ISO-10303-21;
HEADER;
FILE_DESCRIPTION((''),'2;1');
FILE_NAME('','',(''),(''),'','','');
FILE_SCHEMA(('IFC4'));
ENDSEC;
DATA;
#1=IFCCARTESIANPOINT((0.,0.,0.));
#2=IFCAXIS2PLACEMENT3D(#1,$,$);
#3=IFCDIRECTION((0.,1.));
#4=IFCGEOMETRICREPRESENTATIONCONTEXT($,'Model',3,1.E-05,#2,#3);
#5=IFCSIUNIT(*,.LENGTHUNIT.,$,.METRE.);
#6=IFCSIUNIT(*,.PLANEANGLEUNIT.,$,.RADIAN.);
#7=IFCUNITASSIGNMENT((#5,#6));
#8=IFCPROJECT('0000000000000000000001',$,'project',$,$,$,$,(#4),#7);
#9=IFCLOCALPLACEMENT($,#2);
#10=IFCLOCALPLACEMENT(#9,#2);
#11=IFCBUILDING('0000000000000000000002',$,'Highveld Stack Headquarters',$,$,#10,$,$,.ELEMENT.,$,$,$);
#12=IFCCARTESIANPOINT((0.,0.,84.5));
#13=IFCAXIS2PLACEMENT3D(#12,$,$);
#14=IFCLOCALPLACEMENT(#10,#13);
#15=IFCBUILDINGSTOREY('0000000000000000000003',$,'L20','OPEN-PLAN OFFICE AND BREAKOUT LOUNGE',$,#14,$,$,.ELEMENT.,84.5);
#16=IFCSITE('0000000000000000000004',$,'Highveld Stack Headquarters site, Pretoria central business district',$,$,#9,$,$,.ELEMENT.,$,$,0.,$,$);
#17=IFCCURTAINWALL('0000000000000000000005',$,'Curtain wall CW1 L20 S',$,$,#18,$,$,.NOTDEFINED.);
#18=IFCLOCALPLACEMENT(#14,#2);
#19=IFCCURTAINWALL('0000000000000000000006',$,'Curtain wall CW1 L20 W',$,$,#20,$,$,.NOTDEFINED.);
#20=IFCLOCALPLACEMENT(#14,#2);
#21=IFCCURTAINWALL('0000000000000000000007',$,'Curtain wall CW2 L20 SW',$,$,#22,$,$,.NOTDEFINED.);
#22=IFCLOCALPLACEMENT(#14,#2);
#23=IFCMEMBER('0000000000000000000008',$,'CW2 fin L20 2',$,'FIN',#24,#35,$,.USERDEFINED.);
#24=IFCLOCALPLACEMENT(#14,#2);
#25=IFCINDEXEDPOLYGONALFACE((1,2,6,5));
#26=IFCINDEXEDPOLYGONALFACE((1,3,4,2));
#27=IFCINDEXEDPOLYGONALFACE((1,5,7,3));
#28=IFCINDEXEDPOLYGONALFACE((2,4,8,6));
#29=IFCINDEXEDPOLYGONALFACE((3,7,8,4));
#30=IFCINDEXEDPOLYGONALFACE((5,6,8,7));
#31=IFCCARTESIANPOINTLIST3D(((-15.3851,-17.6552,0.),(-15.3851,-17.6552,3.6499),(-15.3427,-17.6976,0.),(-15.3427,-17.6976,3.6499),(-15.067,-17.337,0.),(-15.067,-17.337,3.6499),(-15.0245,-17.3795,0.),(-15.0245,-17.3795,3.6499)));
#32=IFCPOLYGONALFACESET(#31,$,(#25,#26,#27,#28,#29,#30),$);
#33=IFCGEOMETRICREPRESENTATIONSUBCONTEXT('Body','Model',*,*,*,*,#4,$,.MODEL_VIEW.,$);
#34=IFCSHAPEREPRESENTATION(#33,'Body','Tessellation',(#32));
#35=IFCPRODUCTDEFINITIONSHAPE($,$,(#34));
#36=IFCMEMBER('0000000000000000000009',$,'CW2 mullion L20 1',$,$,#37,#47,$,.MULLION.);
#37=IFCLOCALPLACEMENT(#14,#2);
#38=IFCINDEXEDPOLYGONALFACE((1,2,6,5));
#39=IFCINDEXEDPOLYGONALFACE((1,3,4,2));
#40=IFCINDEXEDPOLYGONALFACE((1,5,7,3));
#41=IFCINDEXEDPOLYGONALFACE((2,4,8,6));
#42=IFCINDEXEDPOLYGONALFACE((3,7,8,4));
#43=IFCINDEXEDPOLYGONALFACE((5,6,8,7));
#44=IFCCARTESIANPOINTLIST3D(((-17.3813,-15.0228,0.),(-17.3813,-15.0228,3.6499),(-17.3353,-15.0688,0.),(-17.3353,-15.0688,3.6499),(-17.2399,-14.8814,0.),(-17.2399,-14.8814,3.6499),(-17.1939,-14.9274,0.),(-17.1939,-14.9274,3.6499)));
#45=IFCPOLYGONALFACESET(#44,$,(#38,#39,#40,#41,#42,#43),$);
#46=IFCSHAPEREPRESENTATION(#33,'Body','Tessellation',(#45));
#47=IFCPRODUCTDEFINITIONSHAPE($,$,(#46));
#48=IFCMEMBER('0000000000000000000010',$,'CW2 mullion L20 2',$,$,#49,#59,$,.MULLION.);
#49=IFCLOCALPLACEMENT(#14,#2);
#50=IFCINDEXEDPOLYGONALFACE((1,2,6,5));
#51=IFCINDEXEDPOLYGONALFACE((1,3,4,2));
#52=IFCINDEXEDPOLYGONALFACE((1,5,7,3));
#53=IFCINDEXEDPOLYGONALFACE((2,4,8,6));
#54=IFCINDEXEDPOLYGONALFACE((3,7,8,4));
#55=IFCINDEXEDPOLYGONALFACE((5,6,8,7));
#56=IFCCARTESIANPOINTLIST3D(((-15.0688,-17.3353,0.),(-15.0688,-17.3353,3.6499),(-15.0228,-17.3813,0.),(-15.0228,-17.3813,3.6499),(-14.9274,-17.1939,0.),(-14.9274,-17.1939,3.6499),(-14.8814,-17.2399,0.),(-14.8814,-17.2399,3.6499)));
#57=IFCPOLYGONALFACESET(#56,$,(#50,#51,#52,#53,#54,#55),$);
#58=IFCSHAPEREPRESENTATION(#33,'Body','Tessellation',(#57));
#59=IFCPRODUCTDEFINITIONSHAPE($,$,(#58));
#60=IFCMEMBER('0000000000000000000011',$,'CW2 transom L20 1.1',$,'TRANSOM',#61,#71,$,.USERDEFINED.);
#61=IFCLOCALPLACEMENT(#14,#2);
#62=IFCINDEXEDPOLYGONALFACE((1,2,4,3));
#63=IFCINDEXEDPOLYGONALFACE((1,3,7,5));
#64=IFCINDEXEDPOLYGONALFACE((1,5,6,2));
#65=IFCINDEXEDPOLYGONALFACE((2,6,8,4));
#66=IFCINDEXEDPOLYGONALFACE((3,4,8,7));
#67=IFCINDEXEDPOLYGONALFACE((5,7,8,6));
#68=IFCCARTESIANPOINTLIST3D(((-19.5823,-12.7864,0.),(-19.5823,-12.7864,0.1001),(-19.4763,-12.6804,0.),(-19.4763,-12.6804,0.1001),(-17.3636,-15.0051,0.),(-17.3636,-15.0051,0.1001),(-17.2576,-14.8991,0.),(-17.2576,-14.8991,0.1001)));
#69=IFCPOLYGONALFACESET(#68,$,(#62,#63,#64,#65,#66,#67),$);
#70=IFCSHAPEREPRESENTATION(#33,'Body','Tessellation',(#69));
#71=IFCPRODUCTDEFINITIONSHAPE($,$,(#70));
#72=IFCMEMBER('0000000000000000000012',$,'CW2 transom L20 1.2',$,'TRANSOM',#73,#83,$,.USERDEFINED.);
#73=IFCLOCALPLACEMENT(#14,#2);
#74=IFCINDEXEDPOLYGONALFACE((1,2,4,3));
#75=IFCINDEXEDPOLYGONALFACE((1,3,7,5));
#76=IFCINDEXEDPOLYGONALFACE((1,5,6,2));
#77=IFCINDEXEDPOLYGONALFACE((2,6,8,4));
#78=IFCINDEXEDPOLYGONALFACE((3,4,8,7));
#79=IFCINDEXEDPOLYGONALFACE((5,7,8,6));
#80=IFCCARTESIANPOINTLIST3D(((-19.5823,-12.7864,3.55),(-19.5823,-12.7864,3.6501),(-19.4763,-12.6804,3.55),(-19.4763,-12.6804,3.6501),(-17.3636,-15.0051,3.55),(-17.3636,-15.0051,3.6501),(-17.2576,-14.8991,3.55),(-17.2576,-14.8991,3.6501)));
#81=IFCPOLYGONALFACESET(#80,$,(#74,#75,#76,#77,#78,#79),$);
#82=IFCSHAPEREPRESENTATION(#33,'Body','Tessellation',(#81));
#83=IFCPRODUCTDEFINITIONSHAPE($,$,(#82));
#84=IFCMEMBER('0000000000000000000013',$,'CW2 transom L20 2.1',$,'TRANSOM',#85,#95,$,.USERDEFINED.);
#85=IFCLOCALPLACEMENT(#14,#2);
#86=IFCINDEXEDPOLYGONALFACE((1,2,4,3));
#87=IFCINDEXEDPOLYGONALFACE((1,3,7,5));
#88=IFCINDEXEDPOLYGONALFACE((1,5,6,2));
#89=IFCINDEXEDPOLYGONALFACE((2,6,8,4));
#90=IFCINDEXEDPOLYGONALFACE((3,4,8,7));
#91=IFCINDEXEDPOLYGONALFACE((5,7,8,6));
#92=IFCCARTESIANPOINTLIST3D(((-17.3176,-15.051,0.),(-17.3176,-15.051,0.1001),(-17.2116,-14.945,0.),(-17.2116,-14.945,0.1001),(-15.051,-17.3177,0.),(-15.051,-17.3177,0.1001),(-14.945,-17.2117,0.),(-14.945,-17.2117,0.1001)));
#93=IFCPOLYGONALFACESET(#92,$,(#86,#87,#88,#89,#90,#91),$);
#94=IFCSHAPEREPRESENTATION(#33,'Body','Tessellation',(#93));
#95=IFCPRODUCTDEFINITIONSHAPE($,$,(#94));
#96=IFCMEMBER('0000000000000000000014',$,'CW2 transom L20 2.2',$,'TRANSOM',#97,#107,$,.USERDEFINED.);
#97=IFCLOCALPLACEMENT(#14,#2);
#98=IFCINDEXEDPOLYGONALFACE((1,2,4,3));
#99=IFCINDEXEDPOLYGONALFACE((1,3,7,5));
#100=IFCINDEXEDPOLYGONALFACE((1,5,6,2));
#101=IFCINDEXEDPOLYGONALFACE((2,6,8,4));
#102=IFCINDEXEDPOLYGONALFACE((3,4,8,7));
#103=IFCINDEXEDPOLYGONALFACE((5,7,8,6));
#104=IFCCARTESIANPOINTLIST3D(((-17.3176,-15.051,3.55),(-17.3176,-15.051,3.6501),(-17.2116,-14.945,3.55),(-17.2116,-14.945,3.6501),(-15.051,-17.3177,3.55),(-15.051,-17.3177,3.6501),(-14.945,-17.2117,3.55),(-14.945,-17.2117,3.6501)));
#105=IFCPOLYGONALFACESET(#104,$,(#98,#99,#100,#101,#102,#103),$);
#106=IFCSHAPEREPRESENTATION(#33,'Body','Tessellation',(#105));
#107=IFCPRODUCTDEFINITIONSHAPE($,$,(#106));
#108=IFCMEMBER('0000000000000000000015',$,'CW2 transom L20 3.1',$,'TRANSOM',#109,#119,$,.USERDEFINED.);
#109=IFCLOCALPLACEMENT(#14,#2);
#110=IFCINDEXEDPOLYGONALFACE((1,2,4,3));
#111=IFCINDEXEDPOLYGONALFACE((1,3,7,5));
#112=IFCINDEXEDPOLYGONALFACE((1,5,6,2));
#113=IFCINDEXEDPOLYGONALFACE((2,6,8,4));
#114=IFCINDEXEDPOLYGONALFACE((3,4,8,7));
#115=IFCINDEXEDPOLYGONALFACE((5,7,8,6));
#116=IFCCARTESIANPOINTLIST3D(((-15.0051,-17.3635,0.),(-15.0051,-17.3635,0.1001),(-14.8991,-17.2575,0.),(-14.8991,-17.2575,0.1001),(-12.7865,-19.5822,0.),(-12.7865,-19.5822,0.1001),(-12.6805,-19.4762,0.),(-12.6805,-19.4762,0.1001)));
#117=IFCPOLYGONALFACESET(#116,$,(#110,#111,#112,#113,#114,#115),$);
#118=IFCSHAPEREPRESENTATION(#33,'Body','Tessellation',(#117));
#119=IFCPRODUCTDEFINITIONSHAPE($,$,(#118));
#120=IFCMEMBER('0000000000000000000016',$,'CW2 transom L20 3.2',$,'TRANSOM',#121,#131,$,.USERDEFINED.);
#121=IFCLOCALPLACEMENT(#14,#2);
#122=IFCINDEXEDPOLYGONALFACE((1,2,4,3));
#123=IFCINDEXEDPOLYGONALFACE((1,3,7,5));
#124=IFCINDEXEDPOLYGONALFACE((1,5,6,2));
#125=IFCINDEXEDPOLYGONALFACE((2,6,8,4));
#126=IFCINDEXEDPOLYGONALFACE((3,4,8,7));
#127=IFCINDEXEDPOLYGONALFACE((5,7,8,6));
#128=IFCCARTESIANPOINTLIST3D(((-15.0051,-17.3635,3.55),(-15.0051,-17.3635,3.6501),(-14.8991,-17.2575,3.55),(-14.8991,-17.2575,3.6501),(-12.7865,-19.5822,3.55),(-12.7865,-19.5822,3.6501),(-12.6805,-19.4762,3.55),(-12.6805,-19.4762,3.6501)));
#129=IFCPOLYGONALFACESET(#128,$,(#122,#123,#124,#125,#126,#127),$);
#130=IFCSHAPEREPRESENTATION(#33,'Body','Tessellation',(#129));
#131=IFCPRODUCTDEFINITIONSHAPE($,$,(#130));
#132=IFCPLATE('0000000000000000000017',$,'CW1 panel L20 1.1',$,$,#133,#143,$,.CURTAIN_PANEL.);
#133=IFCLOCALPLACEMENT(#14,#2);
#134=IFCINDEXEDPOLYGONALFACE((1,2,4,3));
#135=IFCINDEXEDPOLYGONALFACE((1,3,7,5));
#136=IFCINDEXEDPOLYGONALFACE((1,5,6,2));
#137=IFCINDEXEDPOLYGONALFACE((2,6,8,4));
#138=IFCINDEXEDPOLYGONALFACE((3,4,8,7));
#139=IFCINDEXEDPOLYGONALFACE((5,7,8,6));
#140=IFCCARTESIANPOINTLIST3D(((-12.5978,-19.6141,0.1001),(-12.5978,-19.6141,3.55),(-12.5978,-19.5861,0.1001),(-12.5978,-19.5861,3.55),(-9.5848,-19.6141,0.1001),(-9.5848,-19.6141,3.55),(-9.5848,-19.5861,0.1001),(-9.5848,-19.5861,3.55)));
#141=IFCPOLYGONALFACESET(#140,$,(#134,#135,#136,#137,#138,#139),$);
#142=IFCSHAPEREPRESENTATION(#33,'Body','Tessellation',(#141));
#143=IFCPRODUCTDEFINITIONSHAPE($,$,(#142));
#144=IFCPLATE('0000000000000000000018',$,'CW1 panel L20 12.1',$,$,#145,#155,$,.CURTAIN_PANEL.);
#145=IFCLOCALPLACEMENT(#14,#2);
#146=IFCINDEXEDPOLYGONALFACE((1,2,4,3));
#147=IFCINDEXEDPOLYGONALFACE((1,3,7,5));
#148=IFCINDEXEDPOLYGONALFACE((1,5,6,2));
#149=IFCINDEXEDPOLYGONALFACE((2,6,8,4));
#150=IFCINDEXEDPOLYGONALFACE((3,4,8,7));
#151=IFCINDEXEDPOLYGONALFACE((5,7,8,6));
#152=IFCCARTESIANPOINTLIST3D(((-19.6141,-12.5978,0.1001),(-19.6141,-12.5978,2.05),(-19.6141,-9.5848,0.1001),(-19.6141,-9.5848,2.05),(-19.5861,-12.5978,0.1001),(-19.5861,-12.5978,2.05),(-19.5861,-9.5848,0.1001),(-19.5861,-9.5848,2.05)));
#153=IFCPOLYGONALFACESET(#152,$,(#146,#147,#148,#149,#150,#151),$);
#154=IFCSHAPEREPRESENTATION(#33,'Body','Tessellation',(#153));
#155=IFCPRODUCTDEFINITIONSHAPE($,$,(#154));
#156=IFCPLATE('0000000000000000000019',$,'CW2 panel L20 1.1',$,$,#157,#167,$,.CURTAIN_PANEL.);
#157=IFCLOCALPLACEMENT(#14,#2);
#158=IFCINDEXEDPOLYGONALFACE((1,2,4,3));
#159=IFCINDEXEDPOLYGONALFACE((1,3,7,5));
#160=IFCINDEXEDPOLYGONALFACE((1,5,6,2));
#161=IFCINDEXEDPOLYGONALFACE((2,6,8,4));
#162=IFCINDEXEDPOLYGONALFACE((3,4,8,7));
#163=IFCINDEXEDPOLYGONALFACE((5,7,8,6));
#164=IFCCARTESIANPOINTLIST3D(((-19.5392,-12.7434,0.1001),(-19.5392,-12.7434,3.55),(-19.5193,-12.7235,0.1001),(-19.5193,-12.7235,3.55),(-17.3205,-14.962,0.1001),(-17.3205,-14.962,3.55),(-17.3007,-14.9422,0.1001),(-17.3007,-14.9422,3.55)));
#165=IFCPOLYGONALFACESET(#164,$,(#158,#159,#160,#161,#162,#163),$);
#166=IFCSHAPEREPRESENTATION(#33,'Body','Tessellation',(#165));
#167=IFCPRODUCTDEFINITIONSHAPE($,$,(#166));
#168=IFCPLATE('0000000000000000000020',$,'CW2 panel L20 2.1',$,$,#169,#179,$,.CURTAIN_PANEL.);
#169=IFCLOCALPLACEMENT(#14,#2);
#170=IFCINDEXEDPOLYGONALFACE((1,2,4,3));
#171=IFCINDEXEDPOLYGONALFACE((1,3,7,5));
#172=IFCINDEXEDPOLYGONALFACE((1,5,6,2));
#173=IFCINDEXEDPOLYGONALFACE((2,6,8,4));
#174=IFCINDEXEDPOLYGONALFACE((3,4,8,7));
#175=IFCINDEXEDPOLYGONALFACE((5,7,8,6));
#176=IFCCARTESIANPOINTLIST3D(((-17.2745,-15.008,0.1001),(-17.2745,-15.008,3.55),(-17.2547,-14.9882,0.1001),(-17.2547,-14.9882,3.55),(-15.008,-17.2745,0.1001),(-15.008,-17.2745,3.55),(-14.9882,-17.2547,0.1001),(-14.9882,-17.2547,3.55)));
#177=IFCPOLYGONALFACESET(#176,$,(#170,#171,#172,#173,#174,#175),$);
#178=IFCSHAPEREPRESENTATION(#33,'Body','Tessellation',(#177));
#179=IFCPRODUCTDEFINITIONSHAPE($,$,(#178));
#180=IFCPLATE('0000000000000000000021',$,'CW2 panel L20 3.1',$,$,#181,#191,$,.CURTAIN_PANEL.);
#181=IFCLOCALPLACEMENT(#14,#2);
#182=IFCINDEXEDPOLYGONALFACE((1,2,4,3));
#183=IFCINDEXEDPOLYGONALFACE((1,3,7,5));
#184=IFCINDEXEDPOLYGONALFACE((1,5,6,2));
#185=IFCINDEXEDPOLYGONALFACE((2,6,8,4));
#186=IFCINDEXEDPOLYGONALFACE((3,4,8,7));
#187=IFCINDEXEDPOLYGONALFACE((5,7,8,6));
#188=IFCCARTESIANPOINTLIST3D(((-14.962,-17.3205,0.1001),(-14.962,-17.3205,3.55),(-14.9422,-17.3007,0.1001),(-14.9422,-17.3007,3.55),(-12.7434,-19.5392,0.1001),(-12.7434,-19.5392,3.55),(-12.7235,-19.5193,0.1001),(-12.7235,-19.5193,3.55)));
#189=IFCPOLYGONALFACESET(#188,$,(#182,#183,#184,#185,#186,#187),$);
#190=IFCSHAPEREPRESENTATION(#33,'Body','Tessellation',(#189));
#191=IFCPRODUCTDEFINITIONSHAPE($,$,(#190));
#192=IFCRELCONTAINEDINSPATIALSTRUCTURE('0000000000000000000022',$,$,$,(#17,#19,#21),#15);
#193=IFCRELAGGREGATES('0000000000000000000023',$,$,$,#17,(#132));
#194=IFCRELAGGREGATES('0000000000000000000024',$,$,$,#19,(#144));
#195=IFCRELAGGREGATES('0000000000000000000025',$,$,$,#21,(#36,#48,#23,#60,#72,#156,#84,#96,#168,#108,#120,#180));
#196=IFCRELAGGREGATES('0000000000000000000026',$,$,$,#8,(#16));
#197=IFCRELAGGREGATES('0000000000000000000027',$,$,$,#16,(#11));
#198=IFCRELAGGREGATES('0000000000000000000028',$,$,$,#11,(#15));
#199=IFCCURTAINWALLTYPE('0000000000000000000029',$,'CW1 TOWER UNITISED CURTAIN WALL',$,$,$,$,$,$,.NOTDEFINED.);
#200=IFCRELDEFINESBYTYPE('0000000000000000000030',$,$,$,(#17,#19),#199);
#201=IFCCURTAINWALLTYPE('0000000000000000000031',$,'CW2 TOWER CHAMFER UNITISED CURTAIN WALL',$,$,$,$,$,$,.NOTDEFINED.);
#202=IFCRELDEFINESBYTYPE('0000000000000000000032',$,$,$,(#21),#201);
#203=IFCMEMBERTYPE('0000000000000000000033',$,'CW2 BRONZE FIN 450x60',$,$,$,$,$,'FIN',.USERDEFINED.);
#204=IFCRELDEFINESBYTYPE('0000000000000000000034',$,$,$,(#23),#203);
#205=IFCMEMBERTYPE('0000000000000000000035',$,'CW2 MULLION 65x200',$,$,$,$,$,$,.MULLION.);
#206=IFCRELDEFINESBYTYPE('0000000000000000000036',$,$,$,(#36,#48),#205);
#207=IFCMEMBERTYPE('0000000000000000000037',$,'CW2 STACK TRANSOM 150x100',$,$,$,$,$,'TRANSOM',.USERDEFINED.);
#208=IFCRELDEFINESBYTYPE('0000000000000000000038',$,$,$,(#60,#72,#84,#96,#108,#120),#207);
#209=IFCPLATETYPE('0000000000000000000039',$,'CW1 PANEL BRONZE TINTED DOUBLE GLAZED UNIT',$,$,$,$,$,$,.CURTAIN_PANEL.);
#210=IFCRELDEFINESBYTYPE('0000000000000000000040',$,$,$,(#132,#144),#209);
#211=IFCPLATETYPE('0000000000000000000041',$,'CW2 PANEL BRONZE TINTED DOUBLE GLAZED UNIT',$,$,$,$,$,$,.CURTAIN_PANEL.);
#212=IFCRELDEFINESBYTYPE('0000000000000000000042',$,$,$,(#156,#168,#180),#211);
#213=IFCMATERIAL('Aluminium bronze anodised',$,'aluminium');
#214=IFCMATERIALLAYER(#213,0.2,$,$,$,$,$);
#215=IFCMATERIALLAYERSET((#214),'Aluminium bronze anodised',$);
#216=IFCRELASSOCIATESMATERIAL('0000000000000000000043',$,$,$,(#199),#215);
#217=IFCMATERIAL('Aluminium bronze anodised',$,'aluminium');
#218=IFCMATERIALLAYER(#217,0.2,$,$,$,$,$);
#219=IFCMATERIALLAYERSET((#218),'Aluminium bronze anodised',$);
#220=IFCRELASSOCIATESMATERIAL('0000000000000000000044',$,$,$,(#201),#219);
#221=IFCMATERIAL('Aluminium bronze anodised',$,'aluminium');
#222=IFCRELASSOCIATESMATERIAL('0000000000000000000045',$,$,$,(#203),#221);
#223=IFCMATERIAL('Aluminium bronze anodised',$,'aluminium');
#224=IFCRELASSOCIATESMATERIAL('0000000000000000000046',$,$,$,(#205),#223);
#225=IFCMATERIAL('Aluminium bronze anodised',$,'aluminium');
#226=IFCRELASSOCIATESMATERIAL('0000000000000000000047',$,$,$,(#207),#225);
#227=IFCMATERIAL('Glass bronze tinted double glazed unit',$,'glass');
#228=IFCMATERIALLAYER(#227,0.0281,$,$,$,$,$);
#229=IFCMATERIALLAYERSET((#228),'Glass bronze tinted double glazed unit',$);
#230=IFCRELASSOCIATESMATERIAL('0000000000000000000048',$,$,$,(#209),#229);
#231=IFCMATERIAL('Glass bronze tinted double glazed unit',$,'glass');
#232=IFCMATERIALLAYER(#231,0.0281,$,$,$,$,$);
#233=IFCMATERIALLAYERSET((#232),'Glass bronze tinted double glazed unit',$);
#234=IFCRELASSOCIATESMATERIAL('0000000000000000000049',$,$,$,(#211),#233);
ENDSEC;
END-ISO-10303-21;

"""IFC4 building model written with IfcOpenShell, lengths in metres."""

from ifc_helpers import new_model, si_unit, direction, frame, origin, origin_2d, place, context, subcontext, project, spatial, rectangle, extrude, material, layer, layer_set, material_profile, profile_set, type_object, element, aggregate, save


model = new_model("IFC4")

# Units and contexts
model_context = context("Model", 3, precision=1e-05, world=origin(), true_north=direction((0.0, 1.0)))
body_context = subcontext(model_context, "Body", "Model", "MODEL_VIEW")
ifc_project = project(units=[si_unit("LENGTHUNIT", "METRE"), si_unit("PLANEANGLEUNIT", "RADIAN")], contexts=[model_context])

# Site, building, storey
site_placement = place(None, origin())
site = spatial("IfcSite", under=ifc_project, at=site_placement, Name="Highveld Stack Headquarters site, Pretoria central business district", CompositionType="ELEMENT", RefElevation=0.0)
building_placement = place(site_placement, origin())
building = spatial("IfcBuilding", under=site, at=building_placement, Name="Highveld Stack Headquarters", CompositionType="ELEMENT")
storey_placement = place(building_placement, frame((0.0, 0.0, 84.5)))
storey = spatial("IfcBuildingStorey", under=building, at=storey_placement, Name="L20", Description="OPEN-PLAN OFFICE AND BREAKOUT LOUNGE", CompositionType="ELEMENT", Elevation=84.5)

# Curtain wall
ifc_material_1 = material(Name="Aluminium bronze anodised", Category="aluminium")
ifc_layer_1 = layer(ifc_material_1, 0.2)
ifc_layer_set_1 = layer_set([ifc_layer_1], Name="Aluminium bronze anodised")
curtain_wall_type_1 = type_object("IfcCurtainWallType", Name="CW1 TOWER UNITISED CURTAIN WALL", PredefinedType="NOTDEFINED", material=ifc_layer_set_1)
curtain_wall_1_placement = place(storey_placement, origin())
curtain_wall_1 = element("IfcCurtainWall", 1, at=curtain_wall_1_placement, inside=storey, type_object=curtain_wall_type_1, Name="Curtain wall CW1 L20 S", PredefinedType="NOTDEFINED")

# Curtain wall
curtain_wall_2_placement = place(storey_placement, origin())
curtain_wall_2 = element("IfcCurtainWall", 2, at=curtain_wall_2_placement, inside=storey, type_object=curtain_wall_type_1, Name="Curtain wall CW1 L20 W", PredefinedType="NOTDEFINED")

# Curtain wall, members
ifc_material_2 = material(Name="Aluminium bronze anodised", Category="aluminium")
ifc_layer_2 = layer(ifc_material_2, 0.2)
ifc_layer_set_2 = layer_set([ifc_layer_2], Name="Aluminium bronze anodised")
curtain_wall_type_2 = type_object("IfcCurtainWallType", Name="CW2 TOWER CHAMFER UNITISED CURTAIN WALL", PredefinedType="NOTDEFINED", material=ifc_layer_set_2)
curtain_wall_3_placement = place(storey_placement, origin())
curtain_wall_3 = element("IfcCurtainWall", 3, at=curtain_wall_3_placement, inside=storey, type_object=curtain_wall_type_2, Name="Curtain wall CW2 L20 SW", PredefinedType="NOTDEFINED")
ifc_material_3 = material(Name="Aluminium bronze anodised", Category="aluminium")
ifc_material_profile_1 = material_profile(ifc_material_3, rectangle(XDim=0.45, YDim=0.0601, at=origin_2d()), Name="FIN 450x60")
ifc_profile_set_1 = profile_set([ifc_material_profile_1], Name="Aluminium bronze anodised")
member_type_1 = type_object("IfcMemberType", Name="CW2 BRONZE FIN 450x60", ElementType="FIN", PredefinedType="USERDEFINED", material=ifc_profile_set_1)
member_1_placement = place(storey_placement, frame((-15.2048, -17.5173, 0.0), z_axis=(0.0, 0.0, 1.0), x_axis=(0.707107, 0.707107, 0.0)))
member_1 = element("IfcMember", 4, at=member_1_placement, type_object=member_type_1, Name="CW2 fin L20 2", ObjectType="FIN", PredefinedType="USERDEFINED", context=body_context, shape_type="SweptSolid", body=[
    extrude(rectangle(XDim=0.45, YDim=0.0601, at=origin_2d()), origin(), (0.0, 0.0, 1.0), 3.6499),
])
ifc_material_4 = material(Name="Aluminium bronze anodised", Category="aluminium")
ifc_material_profile_2 = material_profile(ifc_material_4, rectangle(XDim=0.2, YDim=0.0649, at=origin_2d()), Name="CW2 MULLION 65x200")
ifc_profile_set_2 = profile_set([ifc_material_profile_2], Name="Aluminium bronze anodised")
member_type_2 = type_object("IfcMemberType", Name="CW2 MULLION 65x200", PredefinedType="MULLION", material=ifc_profile_set_2)
member_2_placement = place(storey_placement, frame((-17.2876, -14.9751, 0.0), z_axis=(0.0, 0.0, 1.0), x_axis=(0.707107, 0.707107, 0.0)))
member_2 = element("IfcMember", 5, at=member_2_placement, type_object=member_type_2, Name="CW2 mullion L20 1", PredefinedType="MULLION", context=body_context, shape_type="SweptSolid", body=[
    extrude(rectangle(XDim=0.2, YDim=0.0649, at=origin_2d()), origin(), (0.0, 0.0, 1.0), 3.6499),
])
member_3_placement = place(storey_placement, frame((-14.9751, -17.2876, 0.0), z_axis=(0.0, 0.0, 1.0), x_axis=(0.707107, 0.707107, 0.0)))
member_3 = element("IfcMember", 6, at=member_3_placement, type_object=member_type_2, Name="CW2 mullion L20 2", PredefinedType="MULLION", context=body_context, shape_type="SweptSolid", body=[
    extrude(rectangle(XDim=0.2, YDim=0.0649, at=origin_2d()), origin(), (0.0, 0.0, 1.0), 3.6499),
])
ifc_material_5 = material(Name="Aluminium bronze anodised", Category="aluminium")
ifc_material_profile_3 = material_profile(ifc_material_5, rectangle(XDim=0.1499, YDim=0.1001, at=origin_2d()), Name="CW2 TRANSOM 150x100")
ifc_profile_set_3 = profile_set([ifc_material_profile_3], Name="Aluminium bronze anodised")
member_type_3 = type_object("IfcMemberType", Name="CW2 STACK TRANSOM 150x100", ElementType="TRANSOM", PredefinedType="USERDEFINED", material=ifc_profile_set_3)
member_4_placement = place(storey_placement, frame((-19.5293, -12.7334, 0.05), z_axis=(0.707107, -0.707107, 0.0), x_axis=(0.707107, 0.707107, 0.0)))
member_4 = element("IfcMember", 7, at=member_4_placement, type_object=member_type_3, Name="CW2 transom L20 1.1", ObjectType="TRANSOM", PredefinedType="USERDEFINED", context=body_context, shape_type="SweptSolid", body=[
    extrude(rectangle(XDim=0.1499, YDim=0.1001, at=origin_2d()), origin(), (0.0, 0.0, 1.0), 3.1377),
])
member_5_placement = place(storey_placement, frame((-19.5293, -12.7334, 3.6001), z_axis=(0.707107, -0.707107, 0.0), x_axis=(0.707107, 0.707107, 0.0)))
member_5 = element("IfcMember", 8, at=member_5_placement, type_object=member_type_3, Name="CW2 transom L20 1.2", ObjectType="TRANSOM", PredefinedType="USERDEFINED", context=body_context, shape_type="SweptSolid", body=[
    extrude(rectangle(XDim=0.1499, YDim=0.1001, at=origin_2d()), origin(), (0.0, 0.0, 1.0), 3.1377),
])
member_6_placement = place(storey_placement, frame((-17.2646, -14.998, 0.05), z_axis=(0.707107, -0.707107, 0.0), x_axis=(0.707107, 0.707107, 0.0)))
member_6 = element("IfcMember", 9, at=member_6_placement, type_object=member_type_3, Name="CW2 transom L20 2.1", ObjectType="TRANSOM", PredefinedType="USERDEFINED", context=body_context, shape_type="SweptSolid", body=[
    extrude(rectangle(XDim=0.1499, YDim=0.1001, at=origin_2d()), origin(), (0.0, 0.0, 1.0), 3.2056),
])
member_7_placement = place(storey_placement, frame((-17.2646, -14.998, 3.6001), z_axis=(0.707107, -0.707107, 0.0), x_axis=(0.707107, 0.707107, 0.0)))
member_7 = element("IfcMember", 10, at=member_7_placement, type_object=member_type_3, Name="CW2 transom L20 2.2", ObjectType="TRANSOM", PredefinedType="USERDEFINED", context=body_context, shape_type="SweptSolid", body=[
    extrude(rectangle(XDim=0.1499, YDim=0.1001, at=origin_2d()), origin(), (0.0, 0.0, 1.0), 3.2056),
])
member_8_placement = place(storey_placement, frame((-14.9521, -17.3105, 0.05), z_axis=(0.707107, -0.707107, 0.0), x_axis=(0.707107, 0.707107, 0.0)))
member_8 = element("IfcMember", 11, at=member_8_placement, type_object=member_type_3, Name="CW2 transom L20 3.1", ObjectType="TRANSOM", PredefinedType="USERDEFINED", context=body_context, shape_type="SweptSolid", body=[
    extrude(rectangle(XDim=0.1499, YDim=0.1001, at=origin_2d()), origin(), (0.0, 0.0, 1.0), 3.1377),
])
member_9_placement = place(storey_placement, frame((-14.9521, -17.3105, 3.6001), z_axis=(0.707107, -0.707107, 0.0), x_axis=(0.707107, 0.707107, 0.0)))
member_9 = element("IfcMember", 12, at=member_9_placement, type_object=member_type_3, Name="CW2 transom L20 3.2", ObjectType="TRANSOM", PredefinedType="USERDEFINED", context=body_context, shape_type="SweptSolid", body=[
    extrude(rectangle(XDim=0.1499, YDim=0.1001, at=origin_2d()), origin(), (0.0, 0.0, 1.0), 3.1377),
])

# Plates
ifc_material_6 = material(Name="Glass bronze tinted double glazed unit", Category="glass")
ifc_layer_3 = layer(ifc_material_6, 0.0281)
ifc_layer_set_3 = layer_set([ifc_layer_3], Name="Glass bronze tinted double glazed unit")
plate_type_1 = type_object("IfcPlateType", Name="CW1 PANEL BRONZE TINTED DOUBLE GLAZED UNIT", PredefinedType="CURTAIN_PANEL", material=ifc_layer_set_3)
plate_1_placement = place(storey_placement, frame((-11.0913, -19.6001, 0.1001), z_axis=(0.0, 0.0, 1.0), x_axis=(1.0, 0.0, 0.0)))
plate_1 = element("IfcPlate", 13, at=plate_1_placement, type_object=plate_type_1, Name="CW1 panel L20 1.1", PredefinedType="CURTAIN_PANEL", context=body_context, shape_type="SweptSolid", body=[
    extrude(rectangle(XDim=3.0129, YDim=0.0281, at=origin_2d()), origin(), (0.0, 0.0, 1.0), 3.45),
])
aggregate(curtain_wall_1, [plate_1])
plate_2_placement = place(storey_placement, frame((-19.6001, -11.0913, 0.1001), z_axis=(0.0, 0.0, 1.0), x_axis=(0.0, -1.0, 0.0)))
plate_2 = element("IfcPlate", 14, at=plate_2_placement, type_object=plate_type_1, Name="CW1 panel L20 12.1", PredefinedType="CURTAIN_PANEL", context=body_context, shape_type="SweptSolid", body=[
    extrude(rectangle(XDim=3.0129, YDim=0.0281, at=origin_2d()), origin(), (0.0, 0.0, 1.0), 1.95),
])
aggregate(curtain_wall_2, [plate_2])
ifc_material_7 = material(Name="Glass bronze tinted double glazed unit", Category="glass")
ifc_layer_4 = layer(ifc_material_7, 0.0281)
ifc_layer_set_4 = layer_set([ifc_layer_4], Name="Glass bronze tinted double glazed unit")
plate_type_2 = type_object("IfcPlateType", Name="CW2 PANEL BRONZE TINTED DOUBLE GLAZED UNIT", PredefinedType="CURTAIN_PANEL", material=ifc_layer_set_4)
plate_3_placement = place(storey_placement, frame((-18.4199, -13.8428, 0.1001), z_axis=(0.0, 0.0, 1.0), x_axis=(0.707107, -0.707107, 0.0)))
plate_3 = element("IfcPlate", 15, at=plate_3_placement, type_object=plate_type_2, Name="CW2 panel L20 1.1", PredefinedType="CURTAIN_PANEL", context=body_context, shape_type="SweptSolid", body=[
    extrude(rectangle(XDim=3.1377, YDim=0.0281, at=origin_2d()), origin(), (0.0, 0.0, 1.0), 3.45),
])
plate_4_placement = place(storey_placement, frame((-16.1313, -16.1313, 0.1001), z_axis=(0.0, 0.0, 1.0), x_axis=(0.707107, -0.707107, 0.0)))
plate_4 = element("IfcPlate", 16, at=plate_4_placement, type_object=plate_type_2, Name="CW2 panel L20 2.1", PredefinedType="CURTAIN_PANEL", context=body_context, shape_type="SweptSolid", body=[
    extrude(rectangle(XDim=3.2053, YDim=0.0281, at=origin_2d()), origin(), (0.0, 0.0, 1.0), 3.45),
])
plate_5_placement = place(storey_placement, frame((-13.8428, -18.4199, 0.1001), z_axis=(0.0, 0.0, 1.0), x_axis=(0.707107, -0.707107, 0.0)))
plate_5 = element("IfcPlate", 17, at=plate_5_placement, type_object=plate_type_2, Name="CW2 panel L20 3.1", PredefinedType="CURTAIN_PANEL", context=body_context, shape_type="SweptSolid", body=[
    extrude(rectangle(XDim=3.1377, YDim=0.0281, at=origin_2d()), origin(), (0.0, 0.0, 1.0), 3.45),
])
aggregate(curtain_wall_3, [member_2, member_3, member_1, member_4, member_5, plate_3, member_6, member_7, plate_4, member_8, member_9, plate_5])

save(model, "model.ifc")
